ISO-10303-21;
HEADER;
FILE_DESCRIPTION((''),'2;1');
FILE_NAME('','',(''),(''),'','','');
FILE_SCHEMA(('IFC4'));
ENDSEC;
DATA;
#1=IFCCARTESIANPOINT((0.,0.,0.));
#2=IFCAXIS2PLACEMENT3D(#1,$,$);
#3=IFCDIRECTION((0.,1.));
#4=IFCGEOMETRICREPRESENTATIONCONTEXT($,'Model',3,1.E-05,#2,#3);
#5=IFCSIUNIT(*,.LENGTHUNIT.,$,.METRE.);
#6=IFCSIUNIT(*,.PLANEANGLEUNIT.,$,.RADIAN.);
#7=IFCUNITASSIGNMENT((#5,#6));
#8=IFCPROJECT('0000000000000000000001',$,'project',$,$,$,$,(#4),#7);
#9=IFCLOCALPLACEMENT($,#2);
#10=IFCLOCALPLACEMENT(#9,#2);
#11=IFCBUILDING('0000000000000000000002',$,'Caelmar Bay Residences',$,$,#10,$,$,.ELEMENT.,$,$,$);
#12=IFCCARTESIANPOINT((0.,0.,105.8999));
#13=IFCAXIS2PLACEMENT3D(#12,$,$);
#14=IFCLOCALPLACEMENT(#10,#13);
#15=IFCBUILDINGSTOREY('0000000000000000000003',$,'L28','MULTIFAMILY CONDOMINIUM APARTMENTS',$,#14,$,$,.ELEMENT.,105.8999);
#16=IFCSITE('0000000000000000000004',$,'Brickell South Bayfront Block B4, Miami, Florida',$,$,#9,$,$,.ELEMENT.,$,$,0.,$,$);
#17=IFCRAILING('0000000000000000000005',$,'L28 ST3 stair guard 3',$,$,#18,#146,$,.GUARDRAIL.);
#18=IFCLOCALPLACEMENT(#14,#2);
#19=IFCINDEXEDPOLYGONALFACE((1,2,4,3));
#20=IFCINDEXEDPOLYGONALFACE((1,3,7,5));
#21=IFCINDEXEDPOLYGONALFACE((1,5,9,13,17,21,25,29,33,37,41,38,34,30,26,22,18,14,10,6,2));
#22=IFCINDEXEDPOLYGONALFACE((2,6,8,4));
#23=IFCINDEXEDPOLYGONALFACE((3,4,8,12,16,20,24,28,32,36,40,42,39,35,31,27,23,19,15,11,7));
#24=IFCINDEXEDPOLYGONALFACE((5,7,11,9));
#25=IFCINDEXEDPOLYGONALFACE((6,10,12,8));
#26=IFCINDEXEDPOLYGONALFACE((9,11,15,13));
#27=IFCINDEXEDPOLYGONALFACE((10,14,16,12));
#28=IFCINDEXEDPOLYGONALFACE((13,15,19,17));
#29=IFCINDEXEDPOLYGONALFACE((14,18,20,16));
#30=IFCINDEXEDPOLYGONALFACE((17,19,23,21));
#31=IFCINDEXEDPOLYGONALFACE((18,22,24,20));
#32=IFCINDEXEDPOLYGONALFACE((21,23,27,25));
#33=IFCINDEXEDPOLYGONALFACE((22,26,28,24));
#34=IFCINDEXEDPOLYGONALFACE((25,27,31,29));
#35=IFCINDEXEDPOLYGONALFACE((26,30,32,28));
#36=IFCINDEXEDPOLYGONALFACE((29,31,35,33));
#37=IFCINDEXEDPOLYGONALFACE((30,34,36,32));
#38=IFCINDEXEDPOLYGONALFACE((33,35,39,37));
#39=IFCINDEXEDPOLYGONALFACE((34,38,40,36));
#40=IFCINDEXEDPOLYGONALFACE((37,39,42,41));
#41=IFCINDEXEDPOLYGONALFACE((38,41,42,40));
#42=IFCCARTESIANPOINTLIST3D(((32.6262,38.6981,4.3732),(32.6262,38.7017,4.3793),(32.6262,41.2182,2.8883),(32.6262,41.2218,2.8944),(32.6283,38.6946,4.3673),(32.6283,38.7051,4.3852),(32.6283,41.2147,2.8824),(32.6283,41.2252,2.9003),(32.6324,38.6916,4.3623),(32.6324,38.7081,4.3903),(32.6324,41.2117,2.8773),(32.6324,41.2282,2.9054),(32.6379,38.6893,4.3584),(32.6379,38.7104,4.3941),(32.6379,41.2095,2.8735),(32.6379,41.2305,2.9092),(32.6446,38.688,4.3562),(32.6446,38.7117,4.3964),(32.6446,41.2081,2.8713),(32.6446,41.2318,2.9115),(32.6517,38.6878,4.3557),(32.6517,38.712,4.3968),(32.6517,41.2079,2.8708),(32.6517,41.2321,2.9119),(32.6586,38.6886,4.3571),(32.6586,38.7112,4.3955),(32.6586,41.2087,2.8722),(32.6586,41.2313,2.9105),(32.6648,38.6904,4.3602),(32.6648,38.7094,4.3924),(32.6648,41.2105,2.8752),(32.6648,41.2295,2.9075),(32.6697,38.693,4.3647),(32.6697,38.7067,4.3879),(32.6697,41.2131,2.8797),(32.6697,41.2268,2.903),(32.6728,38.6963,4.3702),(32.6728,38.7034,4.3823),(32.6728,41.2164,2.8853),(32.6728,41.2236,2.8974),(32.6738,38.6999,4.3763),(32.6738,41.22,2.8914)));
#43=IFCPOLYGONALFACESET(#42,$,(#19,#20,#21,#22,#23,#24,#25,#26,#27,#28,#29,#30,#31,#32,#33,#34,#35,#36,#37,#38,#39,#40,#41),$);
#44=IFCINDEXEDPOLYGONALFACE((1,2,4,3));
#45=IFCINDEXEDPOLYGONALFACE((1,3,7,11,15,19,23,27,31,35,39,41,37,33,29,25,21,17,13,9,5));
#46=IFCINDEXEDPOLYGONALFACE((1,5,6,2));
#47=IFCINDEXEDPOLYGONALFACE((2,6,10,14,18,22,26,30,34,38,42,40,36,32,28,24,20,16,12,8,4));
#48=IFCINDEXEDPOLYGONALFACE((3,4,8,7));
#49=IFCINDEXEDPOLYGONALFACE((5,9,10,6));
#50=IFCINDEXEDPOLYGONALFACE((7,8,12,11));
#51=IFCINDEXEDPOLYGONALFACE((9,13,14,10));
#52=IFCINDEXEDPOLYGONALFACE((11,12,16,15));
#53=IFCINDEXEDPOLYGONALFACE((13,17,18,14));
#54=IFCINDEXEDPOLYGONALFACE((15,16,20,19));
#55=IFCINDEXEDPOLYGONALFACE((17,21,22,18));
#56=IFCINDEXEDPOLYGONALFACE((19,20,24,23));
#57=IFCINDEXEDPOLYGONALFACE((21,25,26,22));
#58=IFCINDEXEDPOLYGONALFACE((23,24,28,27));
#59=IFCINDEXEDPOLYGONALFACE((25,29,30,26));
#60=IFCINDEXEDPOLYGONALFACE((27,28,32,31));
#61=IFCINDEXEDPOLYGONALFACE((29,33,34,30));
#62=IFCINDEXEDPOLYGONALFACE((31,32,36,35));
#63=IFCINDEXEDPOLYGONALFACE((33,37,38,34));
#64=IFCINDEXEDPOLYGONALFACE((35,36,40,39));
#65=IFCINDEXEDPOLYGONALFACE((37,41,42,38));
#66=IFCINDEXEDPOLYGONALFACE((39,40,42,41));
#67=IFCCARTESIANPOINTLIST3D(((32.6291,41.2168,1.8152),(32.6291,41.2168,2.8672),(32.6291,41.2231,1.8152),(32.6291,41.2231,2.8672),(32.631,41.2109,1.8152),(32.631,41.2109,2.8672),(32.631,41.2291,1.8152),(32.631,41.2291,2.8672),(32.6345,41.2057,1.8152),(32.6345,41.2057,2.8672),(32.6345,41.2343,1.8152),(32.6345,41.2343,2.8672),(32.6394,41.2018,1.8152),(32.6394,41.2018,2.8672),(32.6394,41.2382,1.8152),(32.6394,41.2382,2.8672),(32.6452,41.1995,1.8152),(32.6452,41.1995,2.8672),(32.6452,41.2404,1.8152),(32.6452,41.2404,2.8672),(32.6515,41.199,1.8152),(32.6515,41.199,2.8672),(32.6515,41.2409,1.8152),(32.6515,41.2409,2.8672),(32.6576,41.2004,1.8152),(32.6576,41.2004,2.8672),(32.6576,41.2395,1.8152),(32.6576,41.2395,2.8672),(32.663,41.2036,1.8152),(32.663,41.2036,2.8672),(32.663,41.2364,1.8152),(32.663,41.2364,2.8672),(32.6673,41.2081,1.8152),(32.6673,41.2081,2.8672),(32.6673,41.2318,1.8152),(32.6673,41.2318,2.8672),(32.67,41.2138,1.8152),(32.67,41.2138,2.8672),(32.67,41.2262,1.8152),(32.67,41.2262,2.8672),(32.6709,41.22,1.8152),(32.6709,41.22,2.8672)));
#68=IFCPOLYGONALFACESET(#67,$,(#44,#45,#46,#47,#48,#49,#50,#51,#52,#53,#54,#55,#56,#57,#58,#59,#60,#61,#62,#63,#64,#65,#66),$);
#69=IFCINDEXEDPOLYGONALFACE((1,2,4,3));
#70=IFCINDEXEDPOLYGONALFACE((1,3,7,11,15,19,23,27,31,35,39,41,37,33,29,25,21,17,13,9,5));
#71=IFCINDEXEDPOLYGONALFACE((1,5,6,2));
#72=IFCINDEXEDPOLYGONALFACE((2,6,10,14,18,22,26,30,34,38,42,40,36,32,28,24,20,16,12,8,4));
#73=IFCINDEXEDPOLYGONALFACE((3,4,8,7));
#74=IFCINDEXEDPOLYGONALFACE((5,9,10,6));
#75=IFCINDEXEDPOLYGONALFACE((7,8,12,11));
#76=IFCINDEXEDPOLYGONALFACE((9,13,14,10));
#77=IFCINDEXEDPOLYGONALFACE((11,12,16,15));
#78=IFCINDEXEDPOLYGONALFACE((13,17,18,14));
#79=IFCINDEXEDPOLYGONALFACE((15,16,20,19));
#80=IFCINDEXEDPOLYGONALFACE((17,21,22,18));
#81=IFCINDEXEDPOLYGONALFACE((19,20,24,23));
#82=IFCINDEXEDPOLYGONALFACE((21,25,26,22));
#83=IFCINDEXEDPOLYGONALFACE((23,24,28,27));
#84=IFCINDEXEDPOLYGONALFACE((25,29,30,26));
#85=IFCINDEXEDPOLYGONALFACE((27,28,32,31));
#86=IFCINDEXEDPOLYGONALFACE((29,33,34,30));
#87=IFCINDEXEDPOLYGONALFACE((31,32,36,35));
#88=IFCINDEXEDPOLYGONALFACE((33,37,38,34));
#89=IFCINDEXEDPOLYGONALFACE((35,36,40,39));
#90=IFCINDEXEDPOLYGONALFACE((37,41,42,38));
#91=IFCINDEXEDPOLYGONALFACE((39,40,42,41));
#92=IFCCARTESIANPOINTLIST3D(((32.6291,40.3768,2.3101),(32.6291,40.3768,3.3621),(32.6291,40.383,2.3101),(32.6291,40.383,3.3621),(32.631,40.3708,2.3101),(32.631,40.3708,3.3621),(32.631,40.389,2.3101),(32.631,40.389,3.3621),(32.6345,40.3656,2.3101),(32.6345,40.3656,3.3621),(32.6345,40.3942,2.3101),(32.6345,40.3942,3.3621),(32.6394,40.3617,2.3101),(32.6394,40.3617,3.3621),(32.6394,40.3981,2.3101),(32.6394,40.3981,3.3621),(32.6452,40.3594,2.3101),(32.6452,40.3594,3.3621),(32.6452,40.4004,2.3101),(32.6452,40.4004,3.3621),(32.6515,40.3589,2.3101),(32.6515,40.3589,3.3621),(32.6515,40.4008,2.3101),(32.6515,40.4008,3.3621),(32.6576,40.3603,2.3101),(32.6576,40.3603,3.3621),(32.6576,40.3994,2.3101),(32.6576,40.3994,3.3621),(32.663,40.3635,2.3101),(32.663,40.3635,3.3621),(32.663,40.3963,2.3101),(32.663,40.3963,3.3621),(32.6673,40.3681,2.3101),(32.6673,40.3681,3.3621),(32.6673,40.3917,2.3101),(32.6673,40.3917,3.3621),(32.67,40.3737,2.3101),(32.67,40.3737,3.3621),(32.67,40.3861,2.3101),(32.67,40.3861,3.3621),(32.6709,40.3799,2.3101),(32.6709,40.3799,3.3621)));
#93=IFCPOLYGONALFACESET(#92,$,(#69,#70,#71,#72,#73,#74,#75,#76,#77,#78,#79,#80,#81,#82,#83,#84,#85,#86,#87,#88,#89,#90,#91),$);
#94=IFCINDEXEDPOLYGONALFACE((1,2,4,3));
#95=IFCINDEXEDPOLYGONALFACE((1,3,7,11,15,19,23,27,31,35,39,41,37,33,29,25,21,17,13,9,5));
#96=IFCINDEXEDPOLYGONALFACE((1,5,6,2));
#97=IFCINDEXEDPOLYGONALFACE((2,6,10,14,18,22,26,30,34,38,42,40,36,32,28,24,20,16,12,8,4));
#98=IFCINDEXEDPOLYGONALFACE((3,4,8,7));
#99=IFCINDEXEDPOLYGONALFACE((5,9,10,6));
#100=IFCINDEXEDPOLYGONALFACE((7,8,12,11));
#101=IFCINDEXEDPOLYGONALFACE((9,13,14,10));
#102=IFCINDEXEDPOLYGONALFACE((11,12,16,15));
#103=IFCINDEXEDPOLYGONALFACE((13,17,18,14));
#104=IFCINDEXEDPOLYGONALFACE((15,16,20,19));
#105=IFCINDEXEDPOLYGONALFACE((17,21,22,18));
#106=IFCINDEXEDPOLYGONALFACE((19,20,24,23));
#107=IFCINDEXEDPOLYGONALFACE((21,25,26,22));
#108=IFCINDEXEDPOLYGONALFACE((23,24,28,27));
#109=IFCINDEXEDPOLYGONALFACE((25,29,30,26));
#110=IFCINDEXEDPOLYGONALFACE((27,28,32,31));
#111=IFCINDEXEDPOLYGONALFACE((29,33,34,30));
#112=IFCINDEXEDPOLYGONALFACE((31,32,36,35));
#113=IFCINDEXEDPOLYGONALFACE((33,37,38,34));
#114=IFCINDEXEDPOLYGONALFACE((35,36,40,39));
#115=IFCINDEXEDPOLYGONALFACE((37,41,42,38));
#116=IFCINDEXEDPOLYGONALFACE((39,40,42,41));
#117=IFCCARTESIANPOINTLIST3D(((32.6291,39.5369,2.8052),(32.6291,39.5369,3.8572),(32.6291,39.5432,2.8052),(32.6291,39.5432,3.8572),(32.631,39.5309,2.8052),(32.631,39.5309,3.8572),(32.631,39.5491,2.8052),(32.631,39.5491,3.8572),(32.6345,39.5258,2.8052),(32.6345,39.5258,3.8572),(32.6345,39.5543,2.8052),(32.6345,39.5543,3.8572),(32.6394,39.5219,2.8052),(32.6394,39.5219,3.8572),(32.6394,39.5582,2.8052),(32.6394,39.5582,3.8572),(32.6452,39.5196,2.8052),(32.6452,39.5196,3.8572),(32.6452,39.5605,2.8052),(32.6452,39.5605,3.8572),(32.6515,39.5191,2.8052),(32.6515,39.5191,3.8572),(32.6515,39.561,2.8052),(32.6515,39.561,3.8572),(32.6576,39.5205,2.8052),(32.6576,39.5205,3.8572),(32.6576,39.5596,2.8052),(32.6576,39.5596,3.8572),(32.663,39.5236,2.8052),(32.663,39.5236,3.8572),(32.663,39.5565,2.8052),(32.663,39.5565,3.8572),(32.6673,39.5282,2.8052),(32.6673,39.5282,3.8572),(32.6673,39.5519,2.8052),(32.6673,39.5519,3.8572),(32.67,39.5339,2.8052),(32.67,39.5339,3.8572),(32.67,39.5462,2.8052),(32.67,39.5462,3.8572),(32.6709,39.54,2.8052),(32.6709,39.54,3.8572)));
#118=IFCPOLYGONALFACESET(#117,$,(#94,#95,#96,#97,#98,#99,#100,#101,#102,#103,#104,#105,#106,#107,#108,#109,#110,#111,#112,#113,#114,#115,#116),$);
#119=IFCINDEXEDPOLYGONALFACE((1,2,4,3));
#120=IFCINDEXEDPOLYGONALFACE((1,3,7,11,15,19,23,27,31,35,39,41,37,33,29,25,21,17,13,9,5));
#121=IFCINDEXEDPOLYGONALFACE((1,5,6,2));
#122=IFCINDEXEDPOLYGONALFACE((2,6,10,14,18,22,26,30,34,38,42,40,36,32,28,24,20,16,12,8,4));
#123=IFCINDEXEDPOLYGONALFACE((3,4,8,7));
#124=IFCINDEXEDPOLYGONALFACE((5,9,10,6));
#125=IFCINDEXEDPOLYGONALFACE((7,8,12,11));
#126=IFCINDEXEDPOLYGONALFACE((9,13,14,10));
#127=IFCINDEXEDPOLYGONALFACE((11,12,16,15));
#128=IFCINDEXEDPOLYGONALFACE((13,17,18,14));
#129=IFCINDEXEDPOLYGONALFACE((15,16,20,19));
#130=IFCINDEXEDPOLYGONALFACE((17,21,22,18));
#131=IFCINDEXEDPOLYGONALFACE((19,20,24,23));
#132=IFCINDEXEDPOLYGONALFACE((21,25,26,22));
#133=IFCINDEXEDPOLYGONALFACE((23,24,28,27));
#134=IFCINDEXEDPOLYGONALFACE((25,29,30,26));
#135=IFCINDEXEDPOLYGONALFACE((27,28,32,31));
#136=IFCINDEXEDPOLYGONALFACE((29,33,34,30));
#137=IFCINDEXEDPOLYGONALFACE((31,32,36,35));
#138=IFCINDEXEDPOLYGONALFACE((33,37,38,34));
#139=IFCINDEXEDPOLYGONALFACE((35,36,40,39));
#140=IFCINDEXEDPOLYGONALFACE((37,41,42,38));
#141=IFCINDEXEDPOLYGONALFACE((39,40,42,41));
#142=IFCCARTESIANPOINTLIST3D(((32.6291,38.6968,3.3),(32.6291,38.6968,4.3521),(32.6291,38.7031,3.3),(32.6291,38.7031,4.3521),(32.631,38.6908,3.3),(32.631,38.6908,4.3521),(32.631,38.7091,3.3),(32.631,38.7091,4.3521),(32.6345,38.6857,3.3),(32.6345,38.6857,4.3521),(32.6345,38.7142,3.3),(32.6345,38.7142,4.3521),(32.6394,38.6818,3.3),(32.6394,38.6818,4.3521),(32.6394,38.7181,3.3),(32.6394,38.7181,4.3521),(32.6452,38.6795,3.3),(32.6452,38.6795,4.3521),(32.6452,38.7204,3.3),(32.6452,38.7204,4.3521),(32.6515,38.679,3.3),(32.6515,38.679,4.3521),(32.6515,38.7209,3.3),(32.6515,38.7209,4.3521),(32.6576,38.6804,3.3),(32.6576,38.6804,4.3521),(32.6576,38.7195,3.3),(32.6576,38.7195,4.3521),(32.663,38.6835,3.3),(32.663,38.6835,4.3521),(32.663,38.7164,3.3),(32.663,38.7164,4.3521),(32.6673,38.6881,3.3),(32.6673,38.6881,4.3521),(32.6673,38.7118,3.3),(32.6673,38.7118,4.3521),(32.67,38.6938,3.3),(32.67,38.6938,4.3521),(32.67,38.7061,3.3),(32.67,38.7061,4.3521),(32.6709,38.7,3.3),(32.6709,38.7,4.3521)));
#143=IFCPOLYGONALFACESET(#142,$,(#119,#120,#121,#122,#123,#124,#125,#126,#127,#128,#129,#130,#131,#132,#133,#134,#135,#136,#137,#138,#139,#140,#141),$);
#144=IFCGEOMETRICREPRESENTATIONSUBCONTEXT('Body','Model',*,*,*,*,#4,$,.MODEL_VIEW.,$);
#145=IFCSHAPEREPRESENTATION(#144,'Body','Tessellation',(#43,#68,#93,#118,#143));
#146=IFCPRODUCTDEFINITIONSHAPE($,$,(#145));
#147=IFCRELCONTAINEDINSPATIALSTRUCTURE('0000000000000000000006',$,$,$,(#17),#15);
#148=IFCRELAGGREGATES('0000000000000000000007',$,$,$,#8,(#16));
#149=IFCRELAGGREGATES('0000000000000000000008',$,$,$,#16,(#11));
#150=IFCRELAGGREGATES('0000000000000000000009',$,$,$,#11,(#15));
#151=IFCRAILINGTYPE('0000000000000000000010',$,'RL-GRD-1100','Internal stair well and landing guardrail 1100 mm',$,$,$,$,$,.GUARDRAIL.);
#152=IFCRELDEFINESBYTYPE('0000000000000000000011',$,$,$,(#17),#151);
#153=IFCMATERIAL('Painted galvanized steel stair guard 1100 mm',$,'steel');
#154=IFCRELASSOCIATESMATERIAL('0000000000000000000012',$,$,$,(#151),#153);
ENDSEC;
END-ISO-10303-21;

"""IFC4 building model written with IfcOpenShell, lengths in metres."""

from ifc_helpers import new_model, si_unit, direction, frame, origin, origin_2d, place, context, subcontext, project, spatial, circle, extrude, material, type_object, element, save


model = new_model("IFC4")

# Units and contexts
model_context = context("Model", 3, precision=1e-05, world=origin(), true_north=direction((0.0, 1.0)))
body_context = subcontext(model_context, "Body", "Model", "MODEL_VIEW")
ifc_project = project(units=[si_unit("LENGTHUNIT", "METRE"), si_unit("PLANEANGLEUNIT", "RADIAN")], contexts=[model_context])

# Site, building, storey
site_placement = place(None, origin())
site = spatial("IfcSite", under=ifc_project, at=site_placement, Name="Brickell South Bayfront Block B4, Miami, Florida", CompositionType="ELEMENT", RefElevation=0.0)
building_placement = place(site_placement, origin())
building = spatial("IfcBuilding", under=site, at=building_placement, Name="Caelmar Bay Residences", CompositionType="ELEMENT")
storey_placement = place(building_placement, frame((0.0, 0.0, 105.8999)))
storey = spatial("IfcBuildingStorey", under=building, at=storey_placement, Name="L28", Description="MULTIFAMILY CONDOMINIUM APARTMENTS", CompositionType="ELEMENT", Elevation=105.8999)

# Railing
ifc_material_1 = material(Name="Painted galvanized steel stair guard 1100 mm", Category="steel")
railing_type_1 = type_object("IfcRailingType", Name="RL-GRD-1100", Description="Internal stair well and landing guardrail 1100 mm", PredefinedType="GUARDRAIL", material=ifc_material_1)
railing_1_placement = place(storey_placement, frame((32.6499, 41.22, 1.8152)))
element("IfcRailing", 1, at=railing_1_placement, inside=storey, type_object=railing_type_1, Name="L28 ST3 stair guard 3", PredefinedType="GUARDRAIL", context=body_context, shape_type="SweptSolid", body=[
    extrude(circle(Radius=0.0239, at=origin_2d()), frame((0.0, 0.0, 1.0762), z_axis=(0.0, -0.861561, 0.507655), x_axis=(1.0, 0.0, 0.0)), (0.0, 0.0, 1.0), 2.925),
    extrude(circle(Radius=0.021, at=origin_2d()), origin(), (0.0, 0.0, 1.0), 1.052),
    extrude(circle(Radius=0.021, at=origin_2d()), frame((0.0, -0.8401, 0.4949)), (0.0, 0.0, 1.0), 1.052),
    extrude(circle(Radius=0.021, at=origin_2d()), frame((0.0, -1.6799, 0.99)), (0.0, 0.0, 1.0), 1.052),
    extrude(circle(Radius=0.021, at=origin_2d()), frame((0.0, -2.52, 1.4849)), (0.0, 0.0, 1.0), 1.052),
])

save(model, "model.ifc")
